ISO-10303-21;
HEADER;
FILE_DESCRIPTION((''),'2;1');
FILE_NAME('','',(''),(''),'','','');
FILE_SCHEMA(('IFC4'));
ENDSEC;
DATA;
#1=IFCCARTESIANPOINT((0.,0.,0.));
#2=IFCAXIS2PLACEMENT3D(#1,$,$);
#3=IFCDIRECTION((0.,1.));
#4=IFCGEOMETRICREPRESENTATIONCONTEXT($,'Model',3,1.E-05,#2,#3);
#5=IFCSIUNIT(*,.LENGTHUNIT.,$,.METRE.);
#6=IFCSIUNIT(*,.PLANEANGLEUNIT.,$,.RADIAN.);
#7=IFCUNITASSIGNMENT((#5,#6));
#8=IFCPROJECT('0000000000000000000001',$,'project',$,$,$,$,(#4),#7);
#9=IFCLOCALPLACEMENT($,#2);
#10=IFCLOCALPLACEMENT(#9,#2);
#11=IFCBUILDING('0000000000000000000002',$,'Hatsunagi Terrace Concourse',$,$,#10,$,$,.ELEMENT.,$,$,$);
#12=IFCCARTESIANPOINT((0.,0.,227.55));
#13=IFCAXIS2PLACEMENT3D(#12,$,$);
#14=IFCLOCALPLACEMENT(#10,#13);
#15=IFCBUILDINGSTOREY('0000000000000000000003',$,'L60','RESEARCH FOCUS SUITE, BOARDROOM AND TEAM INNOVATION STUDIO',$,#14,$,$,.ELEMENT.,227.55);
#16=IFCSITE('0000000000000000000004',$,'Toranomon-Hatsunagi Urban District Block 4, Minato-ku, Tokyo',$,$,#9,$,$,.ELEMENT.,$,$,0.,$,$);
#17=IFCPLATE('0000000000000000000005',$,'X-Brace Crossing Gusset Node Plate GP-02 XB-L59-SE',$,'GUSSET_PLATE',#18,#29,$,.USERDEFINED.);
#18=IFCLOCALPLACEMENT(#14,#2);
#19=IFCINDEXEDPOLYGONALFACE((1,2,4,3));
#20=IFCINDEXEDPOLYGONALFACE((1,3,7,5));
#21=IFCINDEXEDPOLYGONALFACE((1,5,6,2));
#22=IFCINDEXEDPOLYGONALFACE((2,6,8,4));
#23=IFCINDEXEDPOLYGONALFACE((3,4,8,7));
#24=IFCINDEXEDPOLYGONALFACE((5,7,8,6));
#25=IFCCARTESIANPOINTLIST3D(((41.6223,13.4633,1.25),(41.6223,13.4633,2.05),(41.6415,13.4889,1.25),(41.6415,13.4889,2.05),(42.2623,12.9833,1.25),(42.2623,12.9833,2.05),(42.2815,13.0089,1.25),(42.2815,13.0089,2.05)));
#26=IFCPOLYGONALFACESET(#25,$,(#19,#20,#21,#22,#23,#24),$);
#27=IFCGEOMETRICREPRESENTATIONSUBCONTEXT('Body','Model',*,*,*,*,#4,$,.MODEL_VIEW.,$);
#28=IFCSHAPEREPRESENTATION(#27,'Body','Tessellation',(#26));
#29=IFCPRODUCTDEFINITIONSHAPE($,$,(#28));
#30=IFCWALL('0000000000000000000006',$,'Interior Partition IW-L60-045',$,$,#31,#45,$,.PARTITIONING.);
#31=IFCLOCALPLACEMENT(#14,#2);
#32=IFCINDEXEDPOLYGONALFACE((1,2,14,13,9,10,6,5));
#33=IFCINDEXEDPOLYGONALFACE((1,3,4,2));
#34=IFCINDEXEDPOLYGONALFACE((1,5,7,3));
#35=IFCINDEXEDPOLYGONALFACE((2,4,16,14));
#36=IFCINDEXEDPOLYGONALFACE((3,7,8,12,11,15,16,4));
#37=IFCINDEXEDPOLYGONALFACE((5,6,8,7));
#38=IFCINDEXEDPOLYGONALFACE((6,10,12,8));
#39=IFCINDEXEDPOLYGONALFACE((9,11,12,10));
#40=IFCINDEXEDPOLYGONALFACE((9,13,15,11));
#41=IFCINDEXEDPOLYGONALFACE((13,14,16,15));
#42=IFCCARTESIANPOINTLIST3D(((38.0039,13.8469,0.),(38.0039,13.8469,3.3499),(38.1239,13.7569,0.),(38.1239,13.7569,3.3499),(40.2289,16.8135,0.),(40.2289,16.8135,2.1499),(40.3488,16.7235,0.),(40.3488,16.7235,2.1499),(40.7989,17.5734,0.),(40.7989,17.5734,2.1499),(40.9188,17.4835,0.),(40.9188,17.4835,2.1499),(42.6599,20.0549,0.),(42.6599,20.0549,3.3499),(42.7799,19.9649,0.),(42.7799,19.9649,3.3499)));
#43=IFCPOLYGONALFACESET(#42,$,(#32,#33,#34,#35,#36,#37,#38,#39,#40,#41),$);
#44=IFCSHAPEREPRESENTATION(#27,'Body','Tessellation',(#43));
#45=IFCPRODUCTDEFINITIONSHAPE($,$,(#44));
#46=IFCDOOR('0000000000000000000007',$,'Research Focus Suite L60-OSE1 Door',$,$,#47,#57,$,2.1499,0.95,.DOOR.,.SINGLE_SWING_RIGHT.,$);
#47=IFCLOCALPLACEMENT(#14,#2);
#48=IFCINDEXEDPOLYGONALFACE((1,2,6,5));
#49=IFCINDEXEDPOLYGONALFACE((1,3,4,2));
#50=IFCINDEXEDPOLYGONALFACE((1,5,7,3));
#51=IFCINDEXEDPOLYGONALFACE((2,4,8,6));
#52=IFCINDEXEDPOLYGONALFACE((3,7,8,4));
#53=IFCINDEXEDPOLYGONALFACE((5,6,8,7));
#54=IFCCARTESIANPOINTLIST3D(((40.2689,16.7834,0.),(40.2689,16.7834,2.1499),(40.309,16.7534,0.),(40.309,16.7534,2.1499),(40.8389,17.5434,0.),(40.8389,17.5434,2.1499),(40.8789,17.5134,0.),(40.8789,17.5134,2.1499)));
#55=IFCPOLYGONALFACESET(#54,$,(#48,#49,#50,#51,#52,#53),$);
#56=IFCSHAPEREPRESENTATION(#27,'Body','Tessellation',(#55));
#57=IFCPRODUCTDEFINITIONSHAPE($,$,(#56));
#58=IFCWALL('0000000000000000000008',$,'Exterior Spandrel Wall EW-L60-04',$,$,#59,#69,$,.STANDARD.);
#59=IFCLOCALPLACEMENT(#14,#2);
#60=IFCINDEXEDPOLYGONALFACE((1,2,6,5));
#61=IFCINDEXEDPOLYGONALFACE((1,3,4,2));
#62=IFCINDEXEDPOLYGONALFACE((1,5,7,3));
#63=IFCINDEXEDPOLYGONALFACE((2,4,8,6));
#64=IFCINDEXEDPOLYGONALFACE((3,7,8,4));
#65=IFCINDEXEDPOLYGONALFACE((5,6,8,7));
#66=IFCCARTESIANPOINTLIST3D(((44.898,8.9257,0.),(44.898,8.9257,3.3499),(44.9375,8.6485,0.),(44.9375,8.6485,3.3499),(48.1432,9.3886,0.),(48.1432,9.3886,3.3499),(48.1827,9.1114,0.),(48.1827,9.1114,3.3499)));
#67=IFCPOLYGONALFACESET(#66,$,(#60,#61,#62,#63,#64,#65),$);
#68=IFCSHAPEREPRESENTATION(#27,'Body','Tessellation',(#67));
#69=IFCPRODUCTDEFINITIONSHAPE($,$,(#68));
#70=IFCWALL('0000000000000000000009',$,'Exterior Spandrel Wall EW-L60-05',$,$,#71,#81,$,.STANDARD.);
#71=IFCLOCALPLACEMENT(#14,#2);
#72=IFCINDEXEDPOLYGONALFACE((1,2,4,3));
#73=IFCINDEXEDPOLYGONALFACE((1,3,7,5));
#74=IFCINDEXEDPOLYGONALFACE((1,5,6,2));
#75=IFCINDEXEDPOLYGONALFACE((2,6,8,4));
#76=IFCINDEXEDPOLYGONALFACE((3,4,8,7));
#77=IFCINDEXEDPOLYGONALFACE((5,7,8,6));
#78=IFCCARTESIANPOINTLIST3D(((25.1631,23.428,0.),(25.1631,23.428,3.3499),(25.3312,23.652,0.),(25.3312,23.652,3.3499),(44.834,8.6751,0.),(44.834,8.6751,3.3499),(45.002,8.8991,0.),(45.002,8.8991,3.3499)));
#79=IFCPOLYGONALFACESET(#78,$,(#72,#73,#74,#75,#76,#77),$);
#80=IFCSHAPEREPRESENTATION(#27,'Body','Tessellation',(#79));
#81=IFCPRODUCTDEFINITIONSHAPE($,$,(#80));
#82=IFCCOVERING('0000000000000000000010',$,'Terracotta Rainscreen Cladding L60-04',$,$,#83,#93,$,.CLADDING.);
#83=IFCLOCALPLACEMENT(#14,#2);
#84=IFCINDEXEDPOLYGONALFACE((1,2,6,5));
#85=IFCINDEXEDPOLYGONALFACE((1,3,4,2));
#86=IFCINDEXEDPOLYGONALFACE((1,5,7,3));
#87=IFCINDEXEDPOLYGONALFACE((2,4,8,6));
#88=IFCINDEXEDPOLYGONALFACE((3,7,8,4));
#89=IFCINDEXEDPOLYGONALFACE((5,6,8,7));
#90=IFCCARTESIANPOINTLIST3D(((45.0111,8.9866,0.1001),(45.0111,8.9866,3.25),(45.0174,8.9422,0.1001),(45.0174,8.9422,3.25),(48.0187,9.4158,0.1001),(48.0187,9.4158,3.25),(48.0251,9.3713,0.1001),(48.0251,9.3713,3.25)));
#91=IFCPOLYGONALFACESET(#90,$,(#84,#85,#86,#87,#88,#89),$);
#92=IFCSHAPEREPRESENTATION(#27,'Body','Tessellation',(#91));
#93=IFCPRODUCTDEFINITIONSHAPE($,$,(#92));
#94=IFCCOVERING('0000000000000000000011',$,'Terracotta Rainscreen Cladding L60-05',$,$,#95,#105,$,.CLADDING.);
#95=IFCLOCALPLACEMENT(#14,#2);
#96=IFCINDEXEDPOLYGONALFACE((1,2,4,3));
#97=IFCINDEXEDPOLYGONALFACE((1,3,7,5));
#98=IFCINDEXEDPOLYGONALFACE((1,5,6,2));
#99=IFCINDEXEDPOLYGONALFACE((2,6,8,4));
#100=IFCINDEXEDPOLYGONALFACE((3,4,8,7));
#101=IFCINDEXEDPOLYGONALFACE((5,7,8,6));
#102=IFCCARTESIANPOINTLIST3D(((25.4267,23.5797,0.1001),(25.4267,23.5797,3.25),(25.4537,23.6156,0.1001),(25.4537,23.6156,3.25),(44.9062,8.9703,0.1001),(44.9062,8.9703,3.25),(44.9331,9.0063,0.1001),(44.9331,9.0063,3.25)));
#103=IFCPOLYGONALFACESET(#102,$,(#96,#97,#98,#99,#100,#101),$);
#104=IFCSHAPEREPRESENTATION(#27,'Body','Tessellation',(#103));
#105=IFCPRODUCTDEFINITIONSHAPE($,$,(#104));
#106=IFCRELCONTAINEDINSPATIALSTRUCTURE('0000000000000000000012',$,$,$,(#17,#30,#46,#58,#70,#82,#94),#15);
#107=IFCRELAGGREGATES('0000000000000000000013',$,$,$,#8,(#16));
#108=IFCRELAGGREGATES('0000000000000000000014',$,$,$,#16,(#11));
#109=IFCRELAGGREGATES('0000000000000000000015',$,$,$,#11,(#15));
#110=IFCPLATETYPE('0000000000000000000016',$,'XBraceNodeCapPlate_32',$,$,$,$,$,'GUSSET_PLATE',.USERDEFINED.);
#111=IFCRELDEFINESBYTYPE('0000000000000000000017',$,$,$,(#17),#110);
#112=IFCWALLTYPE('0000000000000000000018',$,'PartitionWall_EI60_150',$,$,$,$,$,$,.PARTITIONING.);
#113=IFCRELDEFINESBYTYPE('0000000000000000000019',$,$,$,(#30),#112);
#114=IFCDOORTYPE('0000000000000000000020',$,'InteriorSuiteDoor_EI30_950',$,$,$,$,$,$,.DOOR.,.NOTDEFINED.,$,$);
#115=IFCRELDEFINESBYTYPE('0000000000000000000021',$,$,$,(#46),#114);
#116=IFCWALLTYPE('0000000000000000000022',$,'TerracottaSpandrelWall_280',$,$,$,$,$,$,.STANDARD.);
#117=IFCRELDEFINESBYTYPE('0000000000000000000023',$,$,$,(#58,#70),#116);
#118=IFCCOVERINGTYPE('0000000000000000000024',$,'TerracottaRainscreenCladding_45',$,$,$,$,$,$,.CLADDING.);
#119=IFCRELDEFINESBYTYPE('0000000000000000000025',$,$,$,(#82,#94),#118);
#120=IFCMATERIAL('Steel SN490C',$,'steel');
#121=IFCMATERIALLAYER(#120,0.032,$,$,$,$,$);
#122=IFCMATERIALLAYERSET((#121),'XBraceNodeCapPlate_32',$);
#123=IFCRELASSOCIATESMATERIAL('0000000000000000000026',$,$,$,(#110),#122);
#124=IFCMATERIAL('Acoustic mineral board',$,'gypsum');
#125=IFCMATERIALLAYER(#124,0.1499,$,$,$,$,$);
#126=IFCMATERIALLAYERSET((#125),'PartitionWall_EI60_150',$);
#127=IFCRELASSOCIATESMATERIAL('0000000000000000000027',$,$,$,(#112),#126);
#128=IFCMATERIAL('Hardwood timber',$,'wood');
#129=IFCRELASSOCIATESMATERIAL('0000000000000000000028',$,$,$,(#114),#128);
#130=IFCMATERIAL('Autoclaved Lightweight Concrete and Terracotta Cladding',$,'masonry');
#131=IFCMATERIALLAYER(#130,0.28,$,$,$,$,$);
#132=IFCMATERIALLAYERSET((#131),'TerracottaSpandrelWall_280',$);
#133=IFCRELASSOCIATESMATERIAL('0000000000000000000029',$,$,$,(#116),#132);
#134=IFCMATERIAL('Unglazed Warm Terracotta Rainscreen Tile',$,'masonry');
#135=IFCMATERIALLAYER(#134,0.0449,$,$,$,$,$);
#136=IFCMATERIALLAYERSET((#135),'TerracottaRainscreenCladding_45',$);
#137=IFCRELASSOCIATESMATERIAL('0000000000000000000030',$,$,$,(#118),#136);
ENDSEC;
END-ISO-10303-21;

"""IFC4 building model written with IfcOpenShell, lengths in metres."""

from ifc_helpers import new_model, si_unit, direction, frame, frame_2d, origin, origin_2d, place, context, subcontext, project, spatial, rectangle, extrude, material, layer, layer_set, type_object, element, fill, save


model = new_model("IFC4")

# Units and contexts
model_context = context("Model", 3, precision=1e-05, world=origin(), true_north=direction((0.0, 1.0)))
body_context = subcontext(model_context, "Body", "Model", "MODEL_VIEW")
ifc_project = project(units=[si_unit("LENGTHUNIT", "METRE"), si_unit("PLANEANGLEUNIT", "RADIAN")], contexts=[model_context])

# Site, building, storey
site_placement = place(None, origin())
site = spatial("IfcSite", under=ifc_project, at=site_placement, Name="Toranomon-Hatsunagi Urban District Block 4, Minato-ku, Tokyo", CompositionType="ELEMENT", RefElevation=0.0)
building_placement = place(site_placement, origin())
building = spatial("IfcBuilding", under=site, at=building_placement, Name="Hatsunagi Terrace Concourse", CompositionType="ELEMENT")
storey_placement = place(building_placement, frame((0.0, 0.0, 227.55)))
storey = spatial("IfcBuildingStorey", under=building, at=storey_placement, Name="L60", Description="RESEARCH FOCUS SUITE, BOARDROOM AND TEAM INNOVATION STUDIO", CompositionType="ELEMENT", Elevation=227.55)

# Plate
ifc_material_1 = material(Name="Steel SN490C", Category="steel")
ifc_layer_1 = layer(ifc_material_1, 0.032)
ifc_layer_set_1 = layer_set([ifc_layer_1], Name="XBraceNodeCapPlate_32")
plate_type_1 = type_object("IfcPlateType", Name="XBraceNodeCapPlate_32", ElementType="GUSSET_PLATE", PredefinedType="USERDEFINED", material=ifc_layer_set_1)
plate_1_placement = place(storey_placement, frame((41.9519, 13.2361, 1.25), z_axis=(0.0, 0.0, 1.0), x_axis=(0.8, -0.6, 0.0)))
element("IfcPlate", 1, at=plate_1_placement, inside=storey, type_object=plate_type_1, Name="X-Brace Crossing Gusset Node Plate GP-02 XB-L59-SE", ObjectType="GUSSET_PLATE", PredefinedType="USERDEFINED", context=body_context, shape_type="SweptSolid", body=[
    extrude(rectangle(XDim=0.8, YDim=0.032, at=origin_2d()), origin(), (0.0, 0.0, 1.0), 0.8),
])

# Wall, opening, door
ifc_material_2 = material(Name="Acoustic mineral board", Category="gypsum")
ifc_layer_2 = layer(ifc_material_2, 0.1499)
ifc_layer_set_2 = layer_set([ifc_layer_2], Name="PartitionWall_EI60_150")
wall_type_1 = type_object("IfcWallType", Name="PartitionWall_EI60_150", PredefinedType="PARTITIONING", material=ifc_layer_set_2)
wall_1_placement = place(storey_placement, frame((38.064, 13.802, 0.0), z_axis=(0.0, 0.0, 1.0), x_axis=(0.6, 0.8, 0.0)))
wall_1 = element("IfcWall", 2, at=wall_1_placement, inside=storey, type_object=wall_type_1, Name="Interior Partition IW-L60-045", PredefinedType="PARTITIONING", context=body_context, shape_type="SweptSolid", body=[
    extrude(rectangle(XDim=7.76, YDim=0.1499, at=frame_2d((3.8799, 0.0))), origin(), (0.0, 0.0, 1.0), 3.3499),
])
opening_placement = place(wall_1_placement, frame((3.708, 0.0, 0.0)))
opening = element("IfcOpeningElement", 3, at=opening_placement, cuts=wall_1, PredefinedType="OPENING", context=body_context, shape_type="SweptSolid", body=[
    extrude(rectangle(XDim=0.95, YDim=2.1499, at=frame_2d((0.4751, 1.075))), frame((0.0, 0.085, 0.0), z_axis=(0.0, -1.0, 0.0), x_axis=(1.0, 0.0, 0.0)), (0.0, 0.0, 1.0), 0.1699),
])
ifc_material_3 = material(Name="Hardwood timber", Category="wood")
door_type = type_object("IfcDoorType", Name="InteriorSuiteDoor_EI30_950", OperationType="NOTDEFINED", PredefinedType="DOOR", material=ifc_material_3)
door_placement = place(opening_placement, origin())
door = element("IfcDoor", 4, at=door_placement, inside=storey, type_object=door_type, Name="Research Focus Suite L60-OSE1 Door", OperationType="SINGLE_SWING_RIGHT", OverallHeight=2.1499, OverallWidth=0.95, PredefinedType="DOOR", context=body_context, shape_type="SweptSolid", body=[
    extrude(rectangle(XDim=0.95, YDim=2.1499, at=frame_2d((0.4751, 1.075))), frame((0.0, 0.0249, 0.0), z_axis=(0.0, -1.0, 0.0), x_axis=(1.0, 0.0, 0.0)), (0.0, 0.0, 1.0), 0.05),
])
fill(opening, door)

# Walls
ifc_material_4 = material(Name="Autoclaved Lightweight Concrete and Terracotta Cladding", Category="masonry")
ifc_layer_3 = layer(ifc_material_4, 0.28)
ifc_layer_set_3 = layer_set([ifc_layer_3], Name="TerracottaSpandrelWall_280")
wall_type_2 = type_object("IfcWallType", Name="TerracottaSpandrelWall_280", PredefinedType="STANDARD", material=ifc_layer_set_3)
wall_2_placement = place(storey_placement, frame((48.1631, 9.25, 0.0), z_axis=(0.0, 0.0, 1.0), x_axis=(-0.989979, -0.141213, 0.0)))
element("IfcWall", 5, at=wall_2_placement, inside=storey, type_object=wall_type_2, Name="Exterior Spandrel Wall EW-L60-04", PredefinedType="STANDARD", context=body_context, shape_type="SweptSolid", body=[
    extrude(rectangle(XDim=3.2781, YDim=0.28, at=frame_2d((1.6392, 0.0))), origin(), (0.0, 0.0, 1.0), 3.3499),
])
wall_3_placement = place(storey_placement, frame((44.918, 8.7871, 0.0), z_axis=(0.0, 0.0, 1.0), x_axis=(-0.800005, 0.599994, 0.0)))
element("IfcWall", 6, at=wall_3_placement, inside=storey, type_object=wall_type_2, Name="Exterior Spandrel Wall EW-L60-05", PredefinedType="STANDARD", context=body_context, shape_type="SweptSolid", body=[
    extrude(rectangle(XDim=24.5884, YDim=0.28, at=frame_2d((12.2942, 0.0))), origin(), (0.0, 0.0, 1.0), 3.3499),
])

# Coverings
ifc_material_5 = material(Name="Unglazed Warm Terracotta Rainscreen Tile", Category="masonry")
ifc_layer_4 = layer(ifc_material_5, 0.0449)
ifc_layer_set_4 = layer_set([ifc_layer_4], Name="TerracottaRainscreenCladding_45")
covering_type = type_object("IfcCoveringType", Name="TerracottaRainscreenCladding_45", PredefinedType="CLADDING", material=ifc_layer_set_4)
covering_1_placement = place(storey_placement, frame((46.5181, 9.179, 0.1001), z_axis=(0.0, 0.0, 1.0), x_axis=(-0.989974, -0.14125, 0.0)))
element("IfcCovering", 7, at=covering_1_placement, inside=storey, type_object=covering_type, Name="Terracotta Rainscreen Cladding L60-04", PredefinedType="CLADDING", context=body_context, shape_type="SweptSolid", body=[
    extrude(rectangle(XDim=3.0381, YDim=0.0449, at=origin_2d()), origin(), (0.0, 0.0, 1.0), 3.1499),
])
covering_2_placement = place(storey_placement, frame((35.1799, 16.293, 0.1001), z_axis=(0.0, 0.0, 1.0), x_axis=(-0.800005, 0.599993, 0.0)))
element("IfcCovering", 8, at=covering_2_placement, inside=storey, type_object=covering_type, Name="Terracotta Rainscreen Cladding L60-05", PredefinedType="CLADDING", context=body_context, shape_type="SweptSolid", body=[
    extrude(rectangle(XDim=24.3491, YDim=0.0449, at=origin_2d()), origin(), (0.0, 0.0, 1.0), 3.1499),
])

save(model, "model.ifc")
